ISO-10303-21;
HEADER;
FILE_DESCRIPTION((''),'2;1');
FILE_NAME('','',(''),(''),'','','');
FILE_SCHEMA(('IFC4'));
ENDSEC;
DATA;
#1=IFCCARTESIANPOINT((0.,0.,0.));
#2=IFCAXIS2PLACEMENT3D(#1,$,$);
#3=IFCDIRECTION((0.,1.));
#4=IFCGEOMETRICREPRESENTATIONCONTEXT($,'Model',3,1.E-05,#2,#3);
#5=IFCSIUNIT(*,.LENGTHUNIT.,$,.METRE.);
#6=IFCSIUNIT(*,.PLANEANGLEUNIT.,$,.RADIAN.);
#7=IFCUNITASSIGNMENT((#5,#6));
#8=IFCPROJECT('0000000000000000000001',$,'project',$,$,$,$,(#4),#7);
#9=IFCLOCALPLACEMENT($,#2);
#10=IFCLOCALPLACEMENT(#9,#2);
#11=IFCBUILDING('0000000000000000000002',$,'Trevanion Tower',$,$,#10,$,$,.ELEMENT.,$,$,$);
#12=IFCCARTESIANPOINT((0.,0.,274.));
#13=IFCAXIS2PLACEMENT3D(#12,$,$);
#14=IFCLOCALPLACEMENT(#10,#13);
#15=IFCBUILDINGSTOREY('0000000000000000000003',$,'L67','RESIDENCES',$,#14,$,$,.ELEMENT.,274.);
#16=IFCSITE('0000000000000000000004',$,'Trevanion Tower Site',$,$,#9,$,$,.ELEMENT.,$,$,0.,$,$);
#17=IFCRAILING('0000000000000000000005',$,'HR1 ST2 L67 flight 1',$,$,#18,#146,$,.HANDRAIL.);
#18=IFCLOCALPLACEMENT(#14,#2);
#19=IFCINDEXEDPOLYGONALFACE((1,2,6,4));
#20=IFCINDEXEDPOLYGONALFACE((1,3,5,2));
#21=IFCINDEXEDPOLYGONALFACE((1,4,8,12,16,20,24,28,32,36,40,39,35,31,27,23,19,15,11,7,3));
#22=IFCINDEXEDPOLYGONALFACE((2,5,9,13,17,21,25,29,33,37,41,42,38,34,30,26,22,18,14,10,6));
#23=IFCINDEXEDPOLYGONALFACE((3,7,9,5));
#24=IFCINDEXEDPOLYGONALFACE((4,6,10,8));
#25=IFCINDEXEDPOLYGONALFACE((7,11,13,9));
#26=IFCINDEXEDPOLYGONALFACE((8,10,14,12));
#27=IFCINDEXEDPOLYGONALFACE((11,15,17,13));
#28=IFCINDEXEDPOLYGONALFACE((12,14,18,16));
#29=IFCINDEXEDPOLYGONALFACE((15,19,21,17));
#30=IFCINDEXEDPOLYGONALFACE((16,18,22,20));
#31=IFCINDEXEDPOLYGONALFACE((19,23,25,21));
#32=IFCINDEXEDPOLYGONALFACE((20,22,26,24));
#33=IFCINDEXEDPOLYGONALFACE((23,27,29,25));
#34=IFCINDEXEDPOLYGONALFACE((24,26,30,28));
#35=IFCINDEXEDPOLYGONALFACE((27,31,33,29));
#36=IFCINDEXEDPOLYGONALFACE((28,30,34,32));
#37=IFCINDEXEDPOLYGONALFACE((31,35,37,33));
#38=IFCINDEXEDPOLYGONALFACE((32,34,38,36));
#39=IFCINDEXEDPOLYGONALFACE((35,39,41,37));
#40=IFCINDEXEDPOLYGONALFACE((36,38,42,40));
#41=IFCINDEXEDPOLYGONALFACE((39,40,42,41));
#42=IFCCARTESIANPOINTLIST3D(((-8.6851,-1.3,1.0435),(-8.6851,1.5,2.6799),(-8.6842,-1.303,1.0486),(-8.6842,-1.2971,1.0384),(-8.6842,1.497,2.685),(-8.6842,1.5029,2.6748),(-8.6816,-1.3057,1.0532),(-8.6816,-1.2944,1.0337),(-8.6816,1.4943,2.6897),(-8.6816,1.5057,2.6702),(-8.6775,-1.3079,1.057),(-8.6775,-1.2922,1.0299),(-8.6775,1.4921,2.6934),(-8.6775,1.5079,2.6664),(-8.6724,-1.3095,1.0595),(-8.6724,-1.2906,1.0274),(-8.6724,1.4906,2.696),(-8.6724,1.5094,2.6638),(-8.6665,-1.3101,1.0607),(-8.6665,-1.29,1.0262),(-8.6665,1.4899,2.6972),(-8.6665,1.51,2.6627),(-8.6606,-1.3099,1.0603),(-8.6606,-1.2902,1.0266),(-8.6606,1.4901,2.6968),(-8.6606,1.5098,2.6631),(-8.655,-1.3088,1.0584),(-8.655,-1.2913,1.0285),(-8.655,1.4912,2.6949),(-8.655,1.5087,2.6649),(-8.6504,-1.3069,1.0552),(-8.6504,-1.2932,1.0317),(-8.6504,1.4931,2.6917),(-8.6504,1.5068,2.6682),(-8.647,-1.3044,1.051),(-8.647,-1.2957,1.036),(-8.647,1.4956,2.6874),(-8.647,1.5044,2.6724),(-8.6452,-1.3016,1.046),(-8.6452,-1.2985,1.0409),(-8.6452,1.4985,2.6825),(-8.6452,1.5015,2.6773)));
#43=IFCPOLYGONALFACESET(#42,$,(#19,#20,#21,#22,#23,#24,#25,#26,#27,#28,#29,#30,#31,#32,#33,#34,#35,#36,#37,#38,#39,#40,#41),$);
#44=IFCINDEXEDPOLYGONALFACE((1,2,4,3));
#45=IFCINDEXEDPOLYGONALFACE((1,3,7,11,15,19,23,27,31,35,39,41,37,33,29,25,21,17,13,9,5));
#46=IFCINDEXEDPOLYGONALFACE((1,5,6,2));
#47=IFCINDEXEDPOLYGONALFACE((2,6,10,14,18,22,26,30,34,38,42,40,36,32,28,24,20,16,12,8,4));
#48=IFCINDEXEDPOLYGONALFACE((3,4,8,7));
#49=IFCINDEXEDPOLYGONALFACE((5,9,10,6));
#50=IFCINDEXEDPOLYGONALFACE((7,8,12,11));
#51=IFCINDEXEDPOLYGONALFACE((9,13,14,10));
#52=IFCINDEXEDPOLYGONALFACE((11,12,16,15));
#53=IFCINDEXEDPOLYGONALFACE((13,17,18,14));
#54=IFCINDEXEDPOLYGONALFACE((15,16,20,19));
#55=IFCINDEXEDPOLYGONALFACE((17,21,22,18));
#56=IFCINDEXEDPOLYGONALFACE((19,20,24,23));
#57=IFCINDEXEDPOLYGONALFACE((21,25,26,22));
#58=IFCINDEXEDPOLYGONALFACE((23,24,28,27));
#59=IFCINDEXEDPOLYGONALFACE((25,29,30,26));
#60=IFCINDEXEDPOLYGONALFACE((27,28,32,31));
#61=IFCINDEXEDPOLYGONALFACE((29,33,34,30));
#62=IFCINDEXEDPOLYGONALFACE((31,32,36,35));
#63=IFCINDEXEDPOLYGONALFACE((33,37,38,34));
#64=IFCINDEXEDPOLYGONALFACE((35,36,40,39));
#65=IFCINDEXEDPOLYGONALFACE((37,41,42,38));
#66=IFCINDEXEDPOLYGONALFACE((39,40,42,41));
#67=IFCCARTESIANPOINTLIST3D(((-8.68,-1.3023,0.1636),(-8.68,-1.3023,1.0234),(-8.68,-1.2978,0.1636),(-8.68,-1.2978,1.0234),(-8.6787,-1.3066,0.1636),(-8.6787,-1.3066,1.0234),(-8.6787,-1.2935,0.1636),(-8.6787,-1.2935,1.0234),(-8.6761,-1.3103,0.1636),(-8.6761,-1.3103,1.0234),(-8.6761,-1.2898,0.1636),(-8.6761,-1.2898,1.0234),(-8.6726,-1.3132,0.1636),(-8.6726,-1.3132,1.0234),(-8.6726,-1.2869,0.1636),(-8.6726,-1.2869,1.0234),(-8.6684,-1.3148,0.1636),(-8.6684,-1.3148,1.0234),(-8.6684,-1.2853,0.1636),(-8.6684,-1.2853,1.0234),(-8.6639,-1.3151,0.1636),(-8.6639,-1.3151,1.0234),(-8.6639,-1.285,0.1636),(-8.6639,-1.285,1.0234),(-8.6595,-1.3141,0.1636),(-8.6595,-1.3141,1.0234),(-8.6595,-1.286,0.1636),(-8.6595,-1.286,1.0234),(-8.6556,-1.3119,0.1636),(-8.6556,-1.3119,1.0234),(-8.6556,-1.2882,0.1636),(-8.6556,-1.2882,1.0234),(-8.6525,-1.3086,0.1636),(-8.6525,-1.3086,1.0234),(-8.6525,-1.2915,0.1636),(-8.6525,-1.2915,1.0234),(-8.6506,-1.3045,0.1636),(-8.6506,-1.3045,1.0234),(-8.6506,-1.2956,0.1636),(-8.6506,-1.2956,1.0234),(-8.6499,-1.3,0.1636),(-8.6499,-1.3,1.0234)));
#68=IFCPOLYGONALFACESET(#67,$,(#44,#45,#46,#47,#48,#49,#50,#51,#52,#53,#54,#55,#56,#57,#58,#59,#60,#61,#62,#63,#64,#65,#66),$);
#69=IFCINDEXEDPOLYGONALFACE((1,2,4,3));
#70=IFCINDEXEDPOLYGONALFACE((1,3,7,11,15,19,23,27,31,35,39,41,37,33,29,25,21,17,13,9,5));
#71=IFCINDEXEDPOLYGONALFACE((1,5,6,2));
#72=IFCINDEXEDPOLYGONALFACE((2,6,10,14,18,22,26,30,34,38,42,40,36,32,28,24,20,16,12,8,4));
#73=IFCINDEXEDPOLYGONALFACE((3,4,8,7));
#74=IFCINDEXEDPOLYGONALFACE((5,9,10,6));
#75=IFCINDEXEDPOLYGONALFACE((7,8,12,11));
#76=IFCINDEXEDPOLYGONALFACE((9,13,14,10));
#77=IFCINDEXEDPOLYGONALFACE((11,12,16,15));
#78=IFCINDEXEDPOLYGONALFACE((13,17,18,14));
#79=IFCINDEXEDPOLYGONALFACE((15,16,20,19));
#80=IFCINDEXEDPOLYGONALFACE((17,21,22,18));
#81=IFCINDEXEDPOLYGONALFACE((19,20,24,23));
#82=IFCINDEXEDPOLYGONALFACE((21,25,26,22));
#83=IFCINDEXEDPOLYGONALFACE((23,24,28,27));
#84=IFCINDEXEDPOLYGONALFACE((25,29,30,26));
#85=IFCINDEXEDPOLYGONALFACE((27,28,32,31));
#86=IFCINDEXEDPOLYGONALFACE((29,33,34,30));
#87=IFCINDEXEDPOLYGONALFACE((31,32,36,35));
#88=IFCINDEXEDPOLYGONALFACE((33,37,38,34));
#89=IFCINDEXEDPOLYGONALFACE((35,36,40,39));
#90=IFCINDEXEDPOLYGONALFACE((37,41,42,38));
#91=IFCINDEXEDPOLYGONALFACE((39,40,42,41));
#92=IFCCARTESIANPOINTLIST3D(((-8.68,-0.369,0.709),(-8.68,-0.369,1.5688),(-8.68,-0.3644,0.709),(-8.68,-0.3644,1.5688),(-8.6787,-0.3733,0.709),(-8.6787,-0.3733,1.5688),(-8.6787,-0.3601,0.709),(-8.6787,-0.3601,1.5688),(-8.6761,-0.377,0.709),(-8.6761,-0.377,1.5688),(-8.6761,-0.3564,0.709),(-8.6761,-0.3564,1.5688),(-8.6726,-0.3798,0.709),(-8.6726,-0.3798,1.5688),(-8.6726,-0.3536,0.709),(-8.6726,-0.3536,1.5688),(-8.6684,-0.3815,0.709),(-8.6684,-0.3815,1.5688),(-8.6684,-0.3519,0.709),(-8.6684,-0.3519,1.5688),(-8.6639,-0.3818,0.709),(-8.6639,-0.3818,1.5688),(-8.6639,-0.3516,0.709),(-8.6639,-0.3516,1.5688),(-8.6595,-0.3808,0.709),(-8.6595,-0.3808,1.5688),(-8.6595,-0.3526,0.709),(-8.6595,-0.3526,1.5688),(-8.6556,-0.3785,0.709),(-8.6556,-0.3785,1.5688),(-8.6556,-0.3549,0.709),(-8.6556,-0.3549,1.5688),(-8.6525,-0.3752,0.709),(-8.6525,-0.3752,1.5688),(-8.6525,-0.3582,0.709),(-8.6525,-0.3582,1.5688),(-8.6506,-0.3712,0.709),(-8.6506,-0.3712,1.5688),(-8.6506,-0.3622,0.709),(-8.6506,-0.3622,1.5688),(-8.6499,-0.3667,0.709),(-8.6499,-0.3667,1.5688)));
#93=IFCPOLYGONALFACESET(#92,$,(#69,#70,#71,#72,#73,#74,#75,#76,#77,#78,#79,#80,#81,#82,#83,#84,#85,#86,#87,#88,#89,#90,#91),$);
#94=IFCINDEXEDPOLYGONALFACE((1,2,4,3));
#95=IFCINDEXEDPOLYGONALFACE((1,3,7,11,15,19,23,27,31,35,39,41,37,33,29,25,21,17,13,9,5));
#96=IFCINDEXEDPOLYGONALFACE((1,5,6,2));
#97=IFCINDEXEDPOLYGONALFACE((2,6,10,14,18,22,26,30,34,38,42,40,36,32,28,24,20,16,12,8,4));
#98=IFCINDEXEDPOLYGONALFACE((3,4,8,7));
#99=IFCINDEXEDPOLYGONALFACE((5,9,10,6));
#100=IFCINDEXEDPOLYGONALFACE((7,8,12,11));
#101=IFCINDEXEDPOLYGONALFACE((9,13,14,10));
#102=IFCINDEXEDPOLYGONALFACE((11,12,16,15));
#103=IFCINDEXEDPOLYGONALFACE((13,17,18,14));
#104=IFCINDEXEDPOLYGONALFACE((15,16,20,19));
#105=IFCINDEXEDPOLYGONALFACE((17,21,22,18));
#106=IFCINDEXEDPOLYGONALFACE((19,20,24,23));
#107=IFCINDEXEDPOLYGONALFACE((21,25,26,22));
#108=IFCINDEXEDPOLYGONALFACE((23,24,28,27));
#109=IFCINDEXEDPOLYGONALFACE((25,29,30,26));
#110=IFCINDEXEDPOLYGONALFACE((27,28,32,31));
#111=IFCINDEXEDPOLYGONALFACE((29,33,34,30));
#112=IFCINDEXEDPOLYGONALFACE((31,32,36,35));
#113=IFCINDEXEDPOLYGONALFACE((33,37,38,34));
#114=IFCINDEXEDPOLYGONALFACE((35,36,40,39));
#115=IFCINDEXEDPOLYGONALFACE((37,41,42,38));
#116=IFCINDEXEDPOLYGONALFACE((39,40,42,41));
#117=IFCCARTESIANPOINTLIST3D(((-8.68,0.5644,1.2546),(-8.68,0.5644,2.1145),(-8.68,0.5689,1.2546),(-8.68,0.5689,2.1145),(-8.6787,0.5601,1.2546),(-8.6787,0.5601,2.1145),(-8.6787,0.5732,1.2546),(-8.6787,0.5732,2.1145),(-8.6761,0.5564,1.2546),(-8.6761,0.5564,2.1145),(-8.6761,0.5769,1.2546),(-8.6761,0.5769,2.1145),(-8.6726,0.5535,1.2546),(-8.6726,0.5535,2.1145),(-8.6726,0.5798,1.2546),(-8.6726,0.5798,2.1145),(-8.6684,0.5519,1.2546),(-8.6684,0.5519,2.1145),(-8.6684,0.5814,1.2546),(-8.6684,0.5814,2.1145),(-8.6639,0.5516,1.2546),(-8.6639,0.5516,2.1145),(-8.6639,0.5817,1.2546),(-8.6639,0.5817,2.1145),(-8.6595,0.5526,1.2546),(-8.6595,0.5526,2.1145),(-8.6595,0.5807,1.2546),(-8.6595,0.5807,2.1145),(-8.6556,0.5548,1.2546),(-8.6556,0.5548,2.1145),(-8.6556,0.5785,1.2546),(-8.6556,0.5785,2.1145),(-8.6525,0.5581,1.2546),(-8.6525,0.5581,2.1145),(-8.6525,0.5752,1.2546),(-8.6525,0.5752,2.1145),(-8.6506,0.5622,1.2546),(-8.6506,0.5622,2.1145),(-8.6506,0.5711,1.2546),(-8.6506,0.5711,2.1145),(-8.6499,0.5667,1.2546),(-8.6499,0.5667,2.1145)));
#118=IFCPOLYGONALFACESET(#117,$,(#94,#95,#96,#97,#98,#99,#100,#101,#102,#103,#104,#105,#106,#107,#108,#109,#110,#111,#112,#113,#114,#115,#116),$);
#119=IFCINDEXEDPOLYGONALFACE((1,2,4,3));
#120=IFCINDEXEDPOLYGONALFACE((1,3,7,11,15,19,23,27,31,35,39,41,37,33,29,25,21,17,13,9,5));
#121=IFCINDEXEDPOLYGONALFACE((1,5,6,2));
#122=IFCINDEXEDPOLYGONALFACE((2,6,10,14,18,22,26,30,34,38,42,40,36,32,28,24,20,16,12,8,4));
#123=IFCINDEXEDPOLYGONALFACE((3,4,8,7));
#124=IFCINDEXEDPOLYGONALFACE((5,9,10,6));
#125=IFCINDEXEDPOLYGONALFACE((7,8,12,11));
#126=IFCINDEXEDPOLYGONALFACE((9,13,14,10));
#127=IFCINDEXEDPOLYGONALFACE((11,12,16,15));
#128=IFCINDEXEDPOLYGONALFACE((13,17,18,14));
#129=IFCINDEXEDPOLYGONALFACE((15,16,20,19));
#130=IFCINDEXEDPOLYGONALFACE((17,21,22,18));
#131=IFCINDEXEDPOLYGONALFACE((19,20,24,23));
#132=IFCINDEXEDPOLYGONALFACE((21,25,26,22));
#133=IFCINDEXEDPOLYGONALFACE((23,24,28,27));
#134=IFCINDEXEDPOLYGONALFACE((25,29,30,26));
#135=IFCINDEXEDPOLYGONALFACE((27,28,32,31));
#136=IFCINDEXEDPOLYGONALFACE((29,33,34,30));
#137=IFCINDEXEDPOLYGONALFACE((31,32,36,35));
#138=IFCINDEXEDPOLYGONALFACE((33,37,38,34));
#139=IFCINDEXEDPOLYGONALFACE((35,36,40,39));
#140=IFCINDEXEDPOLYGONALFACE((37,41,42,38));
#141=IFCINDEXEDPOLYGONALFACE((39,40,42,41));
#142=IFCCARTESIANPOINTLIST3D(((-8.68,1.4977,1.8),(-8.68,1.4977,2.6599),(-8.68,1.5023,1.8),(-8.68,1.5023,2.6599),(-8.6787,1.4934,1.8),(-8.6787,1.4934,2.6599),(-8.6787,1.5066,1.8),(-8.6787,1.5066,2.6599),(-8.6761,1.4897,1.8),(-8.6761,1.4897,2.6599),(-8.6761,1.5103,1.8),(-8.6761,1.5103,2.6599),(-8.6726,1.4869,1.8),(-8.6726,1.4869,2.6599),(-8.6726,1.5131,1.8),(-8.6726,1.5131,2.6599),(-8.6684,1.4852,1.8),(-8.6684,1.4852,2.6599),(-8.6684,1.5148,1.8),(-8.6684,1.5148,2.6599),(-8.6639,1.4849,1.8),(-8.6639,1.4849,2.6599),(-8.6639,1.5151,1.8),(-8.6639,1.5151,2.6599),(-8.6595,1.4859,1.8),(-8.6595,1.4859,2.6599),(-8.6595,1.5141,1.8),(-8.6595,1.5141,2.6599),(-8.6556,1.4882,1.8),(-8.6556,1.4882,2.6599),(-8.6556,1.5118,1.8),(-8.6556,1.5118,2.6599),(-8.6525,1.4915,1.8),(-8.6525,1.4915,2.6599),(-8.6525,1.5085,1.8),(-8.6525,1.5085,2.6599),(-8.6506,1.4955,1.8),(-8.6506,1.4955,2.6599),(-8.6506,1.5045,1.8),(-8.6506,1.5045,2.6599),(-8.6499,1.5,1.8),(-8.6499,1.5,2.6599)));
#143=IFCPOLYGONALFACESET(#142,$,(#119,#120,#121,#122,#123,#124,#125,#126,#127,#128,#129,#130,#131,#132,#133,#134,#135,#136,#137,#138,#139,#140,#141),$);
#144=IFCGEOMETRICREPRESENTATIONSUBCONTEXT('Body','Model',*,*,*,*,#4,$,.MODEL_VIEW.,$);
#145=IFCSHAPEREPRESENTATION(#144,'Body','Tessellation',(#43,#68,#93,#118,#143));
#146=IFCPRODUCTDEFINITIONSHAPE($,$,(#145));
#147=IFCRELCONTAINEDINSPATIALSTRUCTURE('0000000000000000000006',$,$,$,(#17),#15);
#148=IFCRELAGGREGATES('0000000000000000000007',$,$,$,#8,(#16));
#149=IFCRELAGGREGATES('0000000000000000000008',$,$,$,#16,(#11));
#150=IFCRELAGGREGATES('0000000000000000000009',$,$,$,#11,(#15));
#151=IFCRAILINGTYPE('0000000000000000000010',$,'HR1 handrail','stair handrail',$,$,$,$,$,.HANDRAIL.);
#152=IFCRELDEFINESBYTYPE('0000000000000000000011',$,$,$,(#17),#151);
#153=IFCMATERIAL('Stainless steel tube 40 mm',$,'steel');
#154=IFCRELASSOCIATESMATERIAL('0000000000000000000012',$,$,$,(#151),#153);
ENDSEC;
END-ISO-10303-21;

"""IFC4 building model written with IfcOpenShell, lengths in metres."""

from ifc_helpers import new_model, si_unit, direction, frame, origin, origin_2d, place, context, subcontext, project, spatial, circle, extrude, material, type_object, element, save


model = new_model("IFC4")

# Units and contexts
model_context = context("Model", 3, precision=1e-05, world=origin(), true_north=direction((0.0, 1.0)))
body_context = subcontext(model_context, "Body", "Model", "MODEL_VIEW")
ifc_project = project(units=[si_unit("LENGTHUNIT", "METRE"), si_unit("PLANEANGLEUNIT", "RADIAN")], contexts=[model_context])

# Site, building, storey
site_placement = place(None, origin())
site = spatial("IfcSite", under=ifc_project, at=site_placement, Name="Trevanion Tower Site", CompositionType="ELEMENT", RefElevation=0.0)
building_placement = place(site_placement, origin())
building = spatial("IfcBuilding", under=site, at=building_placement, Name="Trevanion Tower", CompositionType="ELEMENT")
storey_placement = place(building_placement, frame((0.0, 0.0, 274.0)))
storey = spatial("IfcBuildingStorey", under=building, at=storey_placement, Name="L67", Description="RESIDENCES", CompositionType="ELEMENT", Elevation=274.0)

# Railing
ifc_material_1 = material(Name="Stainless steel tube 40 mm", Category="steel")
railing_type = type_object("IfcRailingType", Name="HR1 handrail", Description="stair handrail", PredefinedType="HANDRAIL", material=ifc_material_1)
for number, where, name in (
    (1, (-8.665, -1.3, 0.1636), "HR1 ST2 L67 flight 1"),
):
    element("IfcRailing", number, at=place(storey_placement, frame(where)), inside=storey, type_object=railing_type, Name=name, PredefinedType="HANDRAIL", context=body_context, shape_type="SweptSolid", body=[
        extrude(circle(Radius=0.02, at=origin_2d()), frame((0.0, 0.0, 0.8799), z_axis=(0.0, 0.863361, 0.504587), x_axis=(-1.0, 0.0, 0.0)), (0.0, 0.0, 1.0), 3.2432),
        extrude(circle(Radius=0.0151, at=origin_2d()), origin(), (0.0, 0.0, 1.0), 0.8599),
        extrude(circle(Radius=0.0151, at=origin_2d()), frame((0.0, 0.9333, 0.5454)), (0.0, 0.0, 1.0), 0.8599),
        extrude(circle(Radius=0.0151, at=origin_2d()), frame((0.0, 1.8667, 1.0911)), (0.0, 0.0, 1.0), 0.8599),
        extrude(circle(Radius=0.0151, at=origin_2d()), frame((0.0, 2.8, 1.6365)), (0.0, 0.0, 1.0), 0.8599),
    ])

save(model, "model.ifc")
